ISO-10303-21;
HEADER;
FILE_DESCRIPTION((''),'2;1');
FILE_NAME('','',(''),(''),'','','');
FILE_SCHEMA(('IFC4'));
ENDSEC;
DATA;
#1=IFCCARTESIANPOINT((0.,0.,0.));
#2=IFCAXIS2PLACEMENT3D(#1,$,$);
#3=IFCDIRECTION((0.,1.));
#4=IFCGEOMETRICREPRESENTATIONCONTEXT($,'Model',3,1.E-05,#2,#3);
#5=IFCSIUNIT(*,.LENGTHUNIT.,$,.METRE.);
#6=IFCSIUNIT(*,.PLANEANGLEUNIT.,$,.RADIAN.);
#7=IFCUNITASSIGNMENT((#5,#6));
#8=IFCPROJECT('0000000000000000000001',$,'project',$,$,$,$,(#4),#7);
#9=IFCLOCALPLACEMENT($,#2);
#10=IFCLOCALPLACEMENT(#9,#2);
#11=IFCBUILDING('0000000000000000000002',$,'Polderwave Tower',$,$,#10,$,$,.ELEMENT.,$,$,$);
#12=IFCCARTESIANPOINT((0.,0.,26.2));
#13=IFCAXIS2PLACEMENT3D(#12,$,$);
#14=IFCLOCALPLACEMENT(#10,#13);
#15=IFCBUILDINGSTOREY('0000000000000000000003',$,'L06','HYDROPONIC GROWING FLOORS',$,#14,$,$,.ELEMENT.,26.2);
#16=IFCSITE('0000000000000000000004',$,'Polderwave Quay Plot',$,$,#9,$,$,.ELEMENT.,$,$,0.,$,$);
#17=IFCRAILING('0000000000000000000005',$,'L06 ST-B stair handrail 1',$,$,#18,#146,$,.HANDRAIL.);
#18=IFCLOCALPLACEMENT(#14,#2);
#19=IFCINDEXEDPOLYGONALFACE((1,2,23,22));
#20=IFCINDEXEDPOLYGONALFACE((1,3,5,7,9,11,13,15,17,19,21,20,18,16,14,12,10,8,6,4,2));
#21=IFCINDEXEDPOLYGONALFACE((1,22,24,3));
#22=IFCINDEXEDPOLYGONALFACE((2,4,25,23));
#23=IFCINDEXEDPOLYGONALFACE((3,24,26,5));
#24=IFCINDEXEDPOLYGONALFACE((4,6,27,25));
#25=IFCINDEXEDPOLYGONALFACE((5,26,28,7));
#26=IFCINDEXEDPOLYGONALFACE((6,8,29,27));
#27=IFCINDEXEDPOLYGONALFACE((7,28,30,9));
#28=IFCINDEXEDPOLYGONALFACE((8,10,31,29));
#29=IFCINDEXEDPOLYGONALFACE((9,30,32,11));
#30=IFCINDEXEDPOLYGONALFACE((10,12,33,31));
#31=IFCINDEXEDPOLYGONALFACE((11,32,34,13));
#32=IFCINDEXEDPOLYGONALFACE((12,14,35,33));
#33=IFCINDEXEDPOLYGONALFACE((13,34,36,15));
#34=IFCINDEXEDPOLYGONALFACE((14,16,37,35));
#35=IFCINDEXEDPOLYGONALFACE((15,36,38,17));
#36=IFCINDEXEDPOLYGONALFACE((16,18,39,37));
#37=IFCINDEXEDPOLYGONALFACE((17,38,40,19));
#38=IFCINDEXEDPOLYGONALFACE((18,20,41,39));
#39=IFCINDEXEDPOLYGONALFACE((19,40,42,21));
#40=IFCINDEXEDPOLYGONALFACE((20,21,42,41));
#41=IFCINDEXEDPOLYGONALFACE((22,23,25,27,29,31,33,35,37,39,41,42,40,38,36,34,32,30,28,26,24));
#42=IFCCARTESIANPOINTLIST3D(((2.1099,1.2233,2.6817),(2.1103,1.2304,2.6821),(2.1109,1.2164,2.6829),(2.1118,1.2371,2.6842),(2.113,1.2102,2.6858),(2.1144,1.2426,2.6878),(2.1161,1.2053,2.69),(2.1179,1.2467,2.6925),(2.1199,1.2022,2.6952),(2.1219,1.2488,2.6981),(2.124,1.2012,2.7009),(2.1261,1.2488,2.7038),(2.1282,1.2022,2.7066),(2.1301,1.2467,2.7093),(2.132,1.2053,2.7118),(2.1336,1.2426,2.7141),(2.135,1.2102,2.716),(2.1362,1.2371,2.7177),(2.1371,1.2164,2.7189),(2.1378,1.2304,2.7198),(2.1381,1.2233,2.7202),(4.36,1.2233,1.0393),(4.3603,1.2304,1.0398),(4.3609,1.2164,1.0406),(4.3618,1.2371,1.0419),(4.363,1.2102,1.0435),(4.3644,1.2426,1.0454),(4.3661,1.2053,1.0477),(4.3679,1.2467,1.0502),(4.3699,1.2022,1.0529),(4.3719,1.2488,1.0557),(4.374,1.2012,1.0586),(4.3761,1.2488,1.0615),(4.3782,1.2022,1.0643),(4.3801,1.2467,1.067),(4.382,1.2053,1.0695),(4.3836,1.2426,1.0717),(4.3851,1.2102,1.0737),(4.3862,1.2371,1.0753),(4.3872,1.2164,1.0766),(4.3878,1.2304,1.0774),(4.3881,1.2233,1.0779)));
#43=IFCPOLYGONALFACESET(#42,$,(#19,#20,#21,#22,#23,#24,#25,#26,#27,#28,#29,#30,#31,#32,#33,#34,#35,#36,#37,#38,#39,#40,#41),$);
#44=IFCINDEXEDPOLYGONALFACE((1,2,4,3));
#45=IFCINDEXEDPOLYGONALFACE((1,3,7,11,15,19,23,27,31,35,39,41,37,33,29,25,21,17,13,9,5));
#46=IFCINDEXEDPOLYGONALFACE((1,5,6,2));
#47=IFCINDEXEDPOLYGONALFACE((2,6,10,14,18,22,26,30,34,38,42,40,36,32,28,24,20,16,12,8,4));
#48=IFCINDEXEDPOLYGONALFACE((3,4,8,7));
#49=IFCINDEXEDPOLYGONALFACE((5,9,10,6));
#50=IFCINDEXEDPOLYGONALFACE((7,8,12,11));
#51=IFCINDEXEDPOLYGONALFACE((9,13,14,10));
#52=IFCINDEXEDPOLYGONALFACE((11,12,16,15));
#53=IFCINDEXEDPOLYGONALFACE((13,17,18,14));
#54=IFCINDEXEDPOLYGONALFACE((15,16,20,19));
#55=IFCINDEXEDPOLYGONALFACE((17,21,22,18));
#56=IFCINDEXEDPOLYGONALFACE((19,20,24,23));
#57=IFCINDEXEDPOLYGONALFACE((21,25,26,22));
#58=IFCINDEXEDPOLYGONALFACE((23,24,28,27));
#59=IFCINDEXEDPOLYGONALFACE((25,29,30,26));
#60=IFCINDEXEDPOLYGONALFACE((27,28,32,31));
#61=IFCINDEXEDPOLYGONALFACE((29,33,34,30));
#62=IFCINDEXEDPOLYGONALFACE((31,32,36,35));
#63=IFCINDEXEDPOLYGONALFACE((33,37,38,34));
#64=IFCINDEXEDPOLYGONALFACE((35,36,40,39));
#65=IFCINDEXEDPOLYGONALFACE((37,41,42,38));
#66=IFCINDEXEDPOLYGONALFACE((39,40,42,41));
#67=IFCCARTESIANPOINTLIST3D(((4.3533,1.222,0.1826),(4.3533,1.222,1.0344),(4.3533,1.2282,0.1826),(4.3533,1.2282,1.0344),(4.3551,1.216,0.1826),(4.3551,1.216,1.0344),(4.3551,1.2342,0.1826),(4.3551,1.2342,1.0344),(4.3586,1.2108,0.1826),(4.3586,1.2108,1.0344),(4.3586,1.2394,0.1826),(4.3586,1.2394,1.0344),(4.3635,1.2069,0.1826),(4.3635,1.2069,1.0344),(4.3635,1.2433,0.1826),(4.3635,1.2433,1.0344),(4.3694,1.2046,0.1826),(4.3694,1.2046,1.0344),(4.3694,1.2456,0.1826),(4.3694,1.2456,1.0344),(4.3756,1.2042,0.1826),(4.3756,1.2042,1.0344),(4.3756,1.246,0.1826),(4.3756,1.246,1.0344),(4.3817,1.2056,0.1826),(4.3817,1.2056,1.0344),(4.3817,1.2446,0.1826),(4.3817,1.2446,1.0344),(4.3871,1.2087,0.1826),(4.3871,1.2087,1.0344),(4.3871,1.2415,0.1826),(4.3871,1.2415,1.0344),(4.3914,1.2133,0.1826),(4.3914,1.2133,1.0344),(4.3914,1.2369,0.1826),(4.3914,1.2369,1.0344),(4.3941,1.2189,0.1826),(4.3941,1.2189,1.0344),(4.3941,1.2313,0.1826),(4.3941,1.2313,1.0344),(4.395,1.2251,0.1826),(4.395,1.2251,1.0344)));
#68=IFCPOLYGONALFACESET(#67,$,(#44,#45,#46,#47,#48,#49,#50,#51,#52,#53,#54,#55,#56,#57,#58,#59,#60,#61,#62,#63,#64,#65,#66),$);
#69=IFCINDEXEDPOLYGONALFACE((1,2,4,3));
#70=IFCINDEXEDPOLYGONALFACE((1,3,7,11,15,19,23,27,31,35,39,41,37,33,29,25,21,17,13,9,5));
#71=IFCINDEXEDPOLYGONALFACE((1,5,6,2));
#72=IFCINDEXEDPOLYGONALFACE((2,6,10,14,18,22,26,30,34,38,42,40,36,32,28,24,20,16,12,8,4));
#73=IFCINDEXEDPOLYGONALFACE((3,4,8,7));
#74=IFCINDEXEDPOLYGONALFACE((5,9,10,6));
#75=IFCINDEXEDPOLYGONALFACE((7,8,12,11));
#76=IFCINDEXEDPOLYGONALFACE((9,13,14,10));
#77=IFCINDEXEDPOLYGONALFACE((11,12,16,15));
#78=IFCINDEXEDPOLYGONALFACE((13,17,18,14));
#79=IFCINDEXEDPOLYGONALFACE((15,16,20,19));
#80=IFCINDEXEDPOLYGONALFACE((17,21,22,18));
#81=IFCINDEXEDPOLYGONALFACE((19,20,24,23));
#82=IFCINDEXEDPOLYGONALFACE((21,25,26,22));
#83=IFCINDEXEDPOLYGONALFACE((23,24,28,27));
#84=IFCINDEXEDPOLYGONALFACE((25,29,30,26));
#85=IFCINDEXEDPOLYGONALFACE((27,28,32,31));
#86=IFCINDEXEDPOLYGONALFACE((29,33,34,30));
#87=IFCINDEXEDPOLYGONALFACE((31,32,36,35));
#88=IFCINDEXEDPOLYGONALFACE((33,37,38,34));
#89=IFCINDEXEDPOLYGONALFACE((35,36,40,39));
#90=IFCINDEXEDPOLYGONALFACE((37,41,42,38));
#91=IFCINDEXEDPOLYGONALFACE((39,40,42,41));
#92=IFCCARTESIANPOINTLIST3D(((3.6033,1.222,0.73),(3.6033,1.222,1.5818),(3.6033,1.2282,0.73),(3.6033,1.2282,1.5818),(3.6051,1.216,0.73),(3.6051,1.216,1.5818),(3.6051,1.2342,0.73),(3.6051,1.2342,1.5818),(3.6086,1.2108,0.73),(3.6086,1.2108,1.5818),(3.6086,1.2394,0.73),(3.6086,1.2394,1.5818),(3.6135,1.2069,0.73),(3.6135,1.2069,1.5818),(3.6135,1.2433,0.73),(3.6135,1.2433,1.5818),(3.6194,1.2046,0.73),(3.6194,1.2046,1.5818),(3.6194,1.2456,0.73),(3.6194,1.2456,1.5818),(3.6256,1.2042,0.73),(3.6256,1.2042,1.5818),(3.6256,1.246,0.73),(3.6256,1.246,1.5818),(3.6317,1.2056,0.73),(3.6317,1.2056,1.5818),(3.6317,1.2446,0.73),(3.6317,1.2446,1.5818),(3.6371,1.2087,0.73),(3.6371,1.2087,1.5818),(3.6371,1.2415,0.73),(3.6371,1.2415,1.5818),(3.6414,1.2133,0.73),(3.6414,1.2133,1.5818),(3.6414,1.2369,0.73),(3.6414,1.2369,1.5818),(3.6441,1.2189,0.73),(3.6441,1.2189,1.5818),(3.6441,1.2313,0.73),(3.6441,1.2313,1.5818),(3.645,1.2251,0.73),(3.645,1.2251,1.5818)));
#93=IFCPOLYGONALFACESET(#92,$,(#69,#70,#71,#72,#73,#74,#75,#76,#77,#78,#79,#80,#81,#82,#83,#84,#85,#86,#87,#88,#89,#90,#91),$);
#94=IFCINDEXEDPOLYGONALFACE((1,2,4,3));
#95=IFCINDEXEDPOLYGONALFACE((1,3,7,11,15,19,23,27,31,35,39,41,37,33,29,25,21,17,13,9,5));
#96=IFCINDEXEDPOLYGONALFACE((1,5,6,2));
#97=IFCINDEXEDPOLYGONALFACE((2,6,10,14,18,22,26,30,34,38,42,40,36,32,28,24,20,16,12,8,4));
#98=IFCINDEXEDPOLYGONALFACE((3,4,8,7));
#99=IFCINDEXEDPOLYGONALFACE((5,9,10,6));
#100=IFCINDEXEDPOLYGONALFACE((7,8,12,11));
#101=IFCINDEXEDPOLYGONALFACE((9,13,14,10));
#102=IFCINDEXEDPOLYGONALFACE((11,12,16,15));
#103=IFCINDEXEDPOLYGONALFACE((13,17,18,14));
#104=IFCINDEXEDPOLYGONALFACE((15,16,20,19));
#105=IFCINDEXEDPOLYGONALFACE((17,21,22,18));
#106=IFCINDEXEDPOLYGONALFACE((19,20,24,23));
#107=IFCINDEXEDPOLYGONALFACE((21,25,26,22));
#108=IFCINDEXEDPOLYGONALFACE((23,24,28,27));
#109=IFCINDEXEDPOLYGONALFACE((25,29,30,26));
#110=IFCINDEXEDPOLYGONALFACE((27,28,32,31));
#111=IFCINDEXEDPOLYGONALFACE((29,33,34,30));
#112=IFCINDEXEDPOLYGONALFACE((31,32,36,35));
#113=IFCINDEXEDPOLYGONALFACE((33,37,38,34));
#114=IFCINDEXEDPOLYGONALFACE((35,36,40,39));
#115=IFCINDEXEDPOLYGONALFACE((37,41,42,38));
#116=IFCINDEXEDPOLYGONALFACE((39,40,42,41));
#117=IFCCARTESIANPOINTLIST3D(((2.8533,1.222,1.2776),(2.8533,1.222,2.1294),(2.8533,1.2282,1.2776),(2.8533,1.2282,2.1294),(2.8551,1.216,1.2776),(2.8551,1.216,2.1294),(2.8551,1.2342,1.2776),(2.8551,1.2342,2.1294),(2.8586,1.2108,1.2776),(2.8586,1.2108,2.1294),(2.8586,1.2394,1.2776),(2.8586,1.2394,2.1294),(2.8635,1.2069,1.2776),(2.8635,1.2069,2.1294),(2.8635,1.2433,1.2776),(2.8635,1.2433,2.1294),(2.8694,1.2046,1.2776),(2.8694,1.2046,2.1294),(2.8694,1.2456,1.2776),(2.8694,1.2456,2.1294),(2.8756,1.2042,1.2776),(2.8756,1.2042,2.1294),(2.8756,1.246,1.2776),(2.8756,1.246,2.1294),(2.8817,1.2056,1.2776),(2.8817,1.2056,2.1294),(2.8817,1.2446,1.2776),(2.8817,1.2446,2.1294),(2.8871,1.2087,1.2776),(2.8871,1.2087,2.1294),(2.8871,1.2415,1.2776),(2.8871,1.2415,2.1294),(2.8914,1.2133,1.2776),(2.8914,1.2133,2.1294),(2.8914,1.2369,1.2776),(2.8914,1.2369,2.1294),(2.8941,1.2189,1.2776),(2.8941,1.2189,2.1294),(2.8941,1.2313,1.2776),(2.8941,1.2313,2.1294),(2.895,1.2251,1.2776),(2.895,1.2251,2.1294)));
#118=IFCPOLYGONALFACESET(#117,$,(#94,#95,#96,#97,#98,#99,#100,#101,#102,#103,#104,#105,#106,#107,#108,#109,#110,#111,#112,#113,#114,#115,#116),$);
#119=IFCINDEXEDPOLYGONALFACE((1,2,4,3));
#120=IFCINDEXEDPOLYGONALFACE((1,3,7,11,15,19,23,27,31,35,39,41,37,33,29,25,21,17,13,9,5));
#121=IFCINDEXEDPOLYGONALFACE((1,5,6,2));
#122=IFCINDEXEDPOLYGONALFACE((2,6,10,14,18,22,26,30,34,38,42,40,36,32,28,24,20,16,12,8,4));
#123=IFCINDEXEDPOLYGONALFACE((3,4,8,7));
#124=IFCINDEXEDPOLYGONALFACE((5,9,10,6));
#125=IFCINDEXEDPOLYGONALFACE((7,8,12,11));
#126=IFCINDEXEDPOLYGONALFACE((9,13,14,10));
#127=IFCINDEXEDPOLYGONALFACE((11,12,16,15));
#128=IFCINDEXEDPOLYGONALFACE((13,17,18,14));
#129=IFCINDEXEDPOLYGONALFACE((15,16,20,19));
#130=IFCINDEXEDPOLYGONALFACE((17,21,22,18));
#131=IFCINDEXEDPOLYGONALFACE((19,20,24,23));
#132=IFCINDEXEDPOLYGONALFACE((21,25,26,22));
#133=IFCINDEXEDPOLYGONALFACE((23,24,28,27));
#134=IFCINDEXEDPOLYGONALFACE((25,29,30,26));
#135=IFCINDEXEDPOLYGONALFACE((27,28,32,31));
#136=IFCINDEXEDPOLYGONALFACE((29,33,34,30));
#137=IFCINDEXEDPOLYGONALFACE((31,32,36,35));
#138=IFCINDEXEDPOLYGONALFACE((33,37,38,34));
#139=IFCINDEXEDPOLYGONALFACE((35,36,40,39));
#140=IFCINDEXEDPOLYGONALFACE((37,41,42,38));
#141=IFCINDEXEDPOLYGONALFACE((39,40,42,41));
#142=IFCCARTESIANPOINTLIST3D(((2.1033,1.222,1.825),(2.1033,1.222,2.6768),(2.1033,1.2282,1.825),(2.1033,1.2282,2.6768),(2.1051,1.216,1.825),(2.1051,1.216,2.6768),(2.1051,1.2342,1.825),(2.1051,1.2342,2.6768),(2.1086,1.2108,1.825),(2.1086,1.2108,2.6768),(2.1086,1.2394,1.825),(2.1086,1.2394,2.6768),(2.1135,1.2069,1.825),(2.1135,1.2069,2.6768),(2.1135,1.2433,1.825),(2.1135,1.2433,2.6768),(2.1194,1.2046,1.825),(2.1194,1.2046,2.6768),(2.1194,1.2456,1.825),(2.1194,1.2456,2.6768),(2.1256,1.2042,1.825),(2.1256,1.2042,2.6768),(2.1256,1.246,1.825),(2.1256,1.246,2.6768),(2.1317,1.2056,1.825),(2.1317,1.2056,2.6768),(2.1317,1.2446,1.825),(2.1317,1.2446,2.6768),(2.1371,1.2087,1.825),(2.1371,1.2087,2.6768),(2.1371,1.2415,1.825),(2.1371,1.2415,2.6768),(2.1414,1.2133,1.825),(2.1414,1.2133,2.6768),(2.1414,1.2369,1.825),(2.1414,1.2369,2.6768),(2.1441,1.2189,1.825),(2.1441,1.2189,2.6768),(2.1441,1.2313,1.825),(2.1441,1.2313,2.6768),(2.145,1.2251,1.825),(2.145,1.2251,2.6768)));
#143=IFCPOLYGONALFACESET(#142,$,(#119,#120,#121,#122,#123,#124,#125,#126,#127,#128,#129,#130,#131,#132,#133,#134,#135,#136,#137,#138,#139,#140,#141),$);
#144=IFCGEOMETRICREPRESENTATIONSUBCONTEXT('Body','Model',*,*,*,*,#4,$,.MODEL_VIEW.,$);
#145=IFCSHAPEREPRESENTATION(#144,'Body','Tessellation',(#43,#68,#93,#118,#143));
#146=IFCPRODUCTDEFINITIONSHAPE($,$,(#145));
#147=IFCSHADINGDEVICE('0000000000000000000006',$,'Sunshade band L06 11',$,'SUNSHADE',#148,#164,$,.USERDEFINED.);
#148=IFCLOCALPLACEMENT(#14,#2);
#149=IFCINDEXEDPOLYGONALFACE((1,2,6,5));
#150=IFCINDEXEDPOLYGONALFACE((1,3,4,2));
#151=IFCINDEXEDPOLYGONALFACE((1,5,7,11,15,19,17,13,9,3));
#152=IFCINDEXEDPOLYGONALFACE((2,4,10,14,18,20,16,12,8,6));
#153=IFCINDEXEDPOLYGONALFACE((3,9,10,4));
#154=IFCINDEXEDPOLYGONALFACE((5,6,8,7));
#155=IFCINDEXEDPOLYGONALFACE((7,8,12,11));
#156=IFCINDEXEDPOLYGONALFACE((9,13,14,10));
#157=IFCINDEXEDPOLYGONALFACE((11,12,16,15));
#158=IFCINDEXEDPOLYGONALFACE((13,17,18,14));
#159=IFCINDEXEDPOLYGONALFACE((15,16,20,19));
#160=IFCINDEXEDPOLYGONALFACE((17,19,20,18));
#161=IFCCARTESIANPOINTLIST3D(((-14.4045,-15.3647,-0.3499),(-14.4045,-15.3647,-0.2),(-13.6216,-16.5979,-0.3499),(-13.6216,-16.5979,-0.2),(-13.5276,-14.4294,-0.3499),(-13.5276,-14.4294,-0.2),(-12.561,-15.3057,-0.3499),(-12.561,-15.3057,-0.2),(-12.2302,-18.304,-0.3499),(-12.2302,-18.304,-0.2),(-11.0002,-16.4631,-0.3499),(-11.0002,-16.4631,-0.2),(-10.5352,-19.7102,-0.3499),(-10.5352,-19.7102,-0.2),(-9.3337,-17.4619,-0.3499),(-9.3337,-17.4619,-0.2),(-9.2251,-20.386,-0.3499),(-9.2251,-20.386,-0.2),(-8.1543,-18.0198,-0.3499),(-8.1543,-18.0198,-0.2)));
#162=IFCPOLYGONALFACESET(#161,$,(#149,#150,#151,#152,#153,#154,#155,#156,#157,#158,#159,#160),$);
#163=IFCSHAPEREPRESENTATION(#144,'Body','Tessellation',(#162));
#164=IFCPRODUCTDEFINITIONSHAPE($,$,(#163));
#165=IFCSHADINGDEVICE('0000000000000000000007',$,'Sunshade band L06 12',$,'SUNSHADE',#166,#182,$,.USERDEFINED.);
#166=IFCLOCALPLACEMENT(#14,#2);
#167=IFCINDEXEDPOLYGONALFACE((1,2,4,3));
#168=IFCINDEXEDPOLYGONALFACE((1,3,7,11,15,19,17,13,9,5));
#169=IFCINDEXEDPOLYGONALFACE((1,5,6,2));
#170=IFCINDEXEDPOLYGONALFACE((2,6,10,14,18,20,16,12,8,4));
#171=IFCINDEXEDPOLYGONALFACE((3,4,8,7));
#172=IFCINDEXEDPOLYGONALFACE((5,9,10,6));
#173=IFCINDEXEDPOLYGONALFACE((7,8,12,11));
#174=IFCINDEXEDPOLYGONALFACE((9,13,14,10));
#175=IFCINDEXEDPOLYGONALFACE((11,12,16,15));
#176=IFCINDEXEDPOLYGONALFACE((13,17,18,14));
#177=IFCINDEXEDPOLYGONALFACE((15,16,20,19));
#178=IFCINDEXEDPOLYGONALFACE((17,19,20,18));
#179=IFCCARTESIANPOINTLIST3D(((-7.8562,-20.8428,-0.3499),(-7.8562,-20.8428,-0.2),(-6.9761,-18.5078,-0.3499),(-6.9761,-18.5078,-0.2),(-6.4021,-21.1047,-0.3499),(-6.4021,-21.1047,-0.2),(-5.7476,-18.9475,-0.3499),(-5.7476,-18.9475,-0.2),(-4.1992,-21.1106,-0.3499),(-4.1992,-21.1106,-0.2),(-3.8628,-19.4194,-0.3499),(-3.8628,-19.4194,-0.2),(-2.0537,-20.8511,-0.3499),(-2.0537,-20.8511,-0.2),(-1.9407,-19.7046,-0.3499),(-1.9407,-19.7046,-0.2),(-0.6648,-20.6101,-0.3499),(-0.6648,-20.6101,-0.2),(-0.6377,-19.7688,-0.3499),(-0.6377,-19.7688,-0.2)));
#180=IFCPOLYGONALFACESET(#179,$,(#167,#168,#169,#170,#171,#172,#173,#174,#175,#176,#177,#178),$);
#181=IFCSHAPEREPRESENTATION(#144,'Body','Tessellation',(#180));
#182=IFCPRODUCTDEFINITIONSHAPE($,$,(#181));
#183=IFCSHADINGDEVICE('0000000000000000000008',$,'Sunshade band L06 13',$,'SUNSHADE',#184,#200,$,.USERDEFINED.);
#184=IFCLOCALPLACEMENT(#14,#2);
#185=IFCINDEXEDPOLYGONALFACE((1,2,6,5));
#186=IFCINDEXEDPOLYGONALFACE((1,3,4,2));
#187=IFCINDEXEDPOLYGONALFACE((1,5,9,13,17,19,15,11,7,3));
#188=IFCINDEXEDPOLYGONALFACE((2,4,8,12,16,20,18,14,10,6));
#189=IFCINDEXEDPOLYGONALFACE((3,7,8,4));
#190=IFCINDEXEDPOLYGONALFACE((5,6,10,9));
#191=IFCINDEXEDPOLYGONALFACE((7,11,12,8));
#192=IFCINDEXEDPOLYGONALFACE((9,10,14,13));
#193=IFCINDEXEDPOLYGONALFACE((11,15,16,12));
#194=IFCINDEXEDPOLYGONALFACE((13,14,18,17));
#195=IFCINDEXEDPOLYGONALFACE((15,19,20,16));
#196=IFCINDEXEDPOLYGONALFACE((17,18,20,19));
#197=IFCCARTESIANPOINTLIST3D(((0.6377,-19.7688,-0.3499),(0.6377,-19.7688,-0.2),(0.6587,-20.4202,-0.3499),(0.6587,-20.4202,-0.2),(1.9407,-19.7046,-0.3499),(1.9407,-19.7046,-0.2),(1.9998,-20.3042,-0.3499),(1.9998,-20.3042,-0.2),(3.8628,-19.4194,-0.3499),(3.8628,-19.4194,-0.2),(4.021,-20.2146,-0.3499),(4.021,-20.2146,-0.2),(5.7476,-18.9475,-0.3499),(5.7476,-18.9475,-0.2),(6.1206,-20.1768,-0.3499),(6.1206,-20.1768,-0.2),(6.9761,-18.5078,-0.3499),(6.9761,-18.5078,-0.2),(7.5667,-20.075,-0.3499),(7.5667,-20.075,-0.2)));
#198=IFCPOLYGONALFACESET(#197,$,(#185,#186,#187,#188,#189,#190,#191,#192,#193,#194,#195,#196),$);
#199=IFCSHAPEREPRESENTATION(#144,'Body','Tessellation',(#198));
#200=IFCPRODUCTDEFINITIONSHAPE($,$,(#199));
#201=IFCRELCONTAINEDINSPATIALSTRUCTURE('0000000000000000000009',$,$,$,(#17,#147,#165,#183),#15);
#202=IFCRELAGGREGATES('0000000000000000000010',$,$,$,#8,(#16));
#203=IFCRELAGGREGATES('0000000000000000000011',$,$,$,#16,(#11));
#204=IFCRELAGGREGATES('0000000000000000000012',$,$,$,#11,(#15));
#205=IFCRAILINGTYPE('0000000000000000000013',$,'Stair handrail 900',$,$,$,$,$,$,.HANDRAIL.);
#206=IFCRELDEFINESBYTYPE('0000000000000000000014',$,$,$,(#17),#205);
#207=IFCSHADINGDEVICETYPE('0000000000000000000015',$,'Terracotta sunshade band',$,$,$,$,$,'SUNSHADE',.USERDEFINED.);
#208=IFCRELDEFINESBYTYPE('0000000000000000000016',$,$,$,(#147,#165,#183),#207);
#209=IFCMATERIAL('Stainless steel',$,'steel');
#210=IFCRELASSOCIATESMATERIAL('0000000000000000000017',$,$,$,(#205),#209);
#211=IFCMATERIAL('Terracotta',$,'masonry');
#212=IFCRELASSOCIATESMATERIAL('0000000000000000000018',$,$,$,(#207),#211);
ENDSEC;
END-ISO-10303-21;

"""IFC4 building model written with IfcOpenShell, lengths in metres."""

from ifc_helpers import new_model, si_unit, direction, frame, origin, origin_2d, place, context, subcontext, project, spatial, polyline, circle, outline, extrude, material, type_object, element, save


model = new_model("IFC4")

# Units and contexts
model_context = context("Model", 3, precision=1e-05, world=origin(), true_north=direction((0.0, 1.0)))
body_context = subcontext(model_context, "Body", "Model", "MODEL_VIEW")
ifc_project = project(units=[si_unit("LENGTHUNIT", "METRE"), si_unit("PLANEANGLEUNIT", "RADIAN")], contexts=[model_context])

# Site, building, storey
site_placement = place(None, origin())
site = spatial("IfcSite", under=ifc_project, at=site_placement, Name="Polderwave Quay Plot", CompositionType="ELEMENT", RefElevation=0.0)
building_placement = place(site_placement, origin())
building = spatial("IfcBuilding", under=site, at=building_placement, Name="Polderwave Tower", CompositionType="ELEMENT")
storey_placement = place(building_placement, frame((0.0, 0.0, 26.2)))
storey = spatial("IfcBuildingStorey", under=building, at=storey_placement, Name="L06", Description="HYDROPONIC GROWING FLOORS", CompositionType="ELEMENT", Elevation=26.2)

# Railing
ifc_material_1 = material(Name="Stainless steel", Category="steel")
railing_type_1 = type_object("IfcRailingType", Name="Stair handrail 900", PredefinedType="HANDRAIL", material=ifc_material_1)
railing_1_placement = place(storey_placement, frame((4.374, 1.2251, 0.1826)))
element("IfcRailing", 1, at=railing_1_placement, inside=storey, type_object=railing_type_1, Name="L06 ST-B stair handrail 1", PredefinedType="HANDRAIL", context=body_context, shape_type="SweptSolid", body=[
    extrude(circle(Radius=0.0239, at=origin_2d()), frame((0.0, 0.0, 0.876), z_axis=(-0.807715, 0.0, 0.589573), x_axis=(0.0, -1.0, 0.0)), (0.0, 0.0, 1.0), 2.7856),
    extrude(circle(Radius=0.021, at=origin_2d()), origin(), (0.0, 0.0, 1.0), 0.8518),
    extrude(circle(Radius=0.021, at=origin_2d()), frame((-0.75, 0.0, 0.5474)), (0.0, 0.0, 1.0), 0.8518),
    extrude(circle(Radius=0.021, at=origin_2d()), frame((-1.5, 0.0, 1.095)), (0.0, 0.0, 1.0), 0.8518),
    extrude(circle(Radius=0.021, at=origin_2d()), frame((-2.25, 0.0, 1.6423)), (0.0, 0.0, 1.0), 0.8518),
])

# Shading devices
ifc_material_2 = material(Name="Terracotta", Category="masonry")
shading_device_type = type_object("IfcShadingDeviceType", Name="Terracotta sunshade band", ElementType="SUNSHADE", PredefinedType="USERDEFINED", material=ifc_material_2)
shading_device_1_placement = place(storey_placement, frame((0.0, 0.0, -0.3499)))
element("IfcShadingDevice", 2, at=shading_device_1_placement, inside=storey, type_object=shading_device_type, Name="Sunshade band L06 11", ObjectType="SUNSHADE", PredefinedType="USERDEFINED", context=body_context, shape_type="SweptSolid", body=[
    extrude(outline(polyline([(-13.5276, -14.4294), (-12.561, -15.3057), (-11.0002, -16.4631), (-9.3337, -17.4619), (-8.1543, -18.0198), (-9.2251, -20.386), (-10.5352, -19.7102), (-12.2302, -18.304), (-13.6216, -16.5979), (-14.4045, -15.3647), (-13.5276, -14.4294)])), origin(), (0.0, 0.0, 1.0), 0.1499),
])
shading_device_2_placement = place(storey_placement, frame((0.0, 0.0, -0.3499)))
element("IfcShadingDevice", 3, at=shading_device_2_placement, inside=storey, type_object=shading_device_type, Name="Sunshade band L06 12", ObjectType="SUNSHADE", PredefinedType="USERDEFINED", context=body_context, shape_type="SweptSolid", body=[
    extrude(outline(polyline([(-6.9761, -18.5078), (-5.7476, -18.9475), (-3.8628, -19.4194), (-1.9407, -19.7046), (-0.6377, -19.7688), (-0.6648, -20.6101), (-2.0537, -20.8511), (-4.1992, -21.1106), (-6.4021, -21.1047), (-7.8562, -20.8428), (-6.9761, -18.5078)])), origin(), (0.0, 0.0, 1.0), 0.1499),
])
shading_device_3_placement = place(storey_placement, frame((0.0, 0.0, -0.3499)))
element("IfcShadingDevice", 4, at=shading_device_3_placement, inside=storey, type_object=shading_device_type, Name="Sunshade band L06 13", ObjectType="SUNSHADE", PredefinedType="USERDEFINED", context=body_context, shape_type="SweptSolid", body=[
    extrude(outline(polyline([(0.6377, -19.7688), (1.9407, -19.7046), (3.8628, -19.4194), (5.7476, -18.9475), (6.9761, -18.5078), (7.5667, -20.075), (6.1206, -20.1768), (4.021, -20.2146), (1.9998, -20.3042), (0.6587, -20.4202), (0.6377, -19.7688)])), origin(), (0.0, 0.0, 1.0), 0.1499),
])

save(model, "model.ifc")
